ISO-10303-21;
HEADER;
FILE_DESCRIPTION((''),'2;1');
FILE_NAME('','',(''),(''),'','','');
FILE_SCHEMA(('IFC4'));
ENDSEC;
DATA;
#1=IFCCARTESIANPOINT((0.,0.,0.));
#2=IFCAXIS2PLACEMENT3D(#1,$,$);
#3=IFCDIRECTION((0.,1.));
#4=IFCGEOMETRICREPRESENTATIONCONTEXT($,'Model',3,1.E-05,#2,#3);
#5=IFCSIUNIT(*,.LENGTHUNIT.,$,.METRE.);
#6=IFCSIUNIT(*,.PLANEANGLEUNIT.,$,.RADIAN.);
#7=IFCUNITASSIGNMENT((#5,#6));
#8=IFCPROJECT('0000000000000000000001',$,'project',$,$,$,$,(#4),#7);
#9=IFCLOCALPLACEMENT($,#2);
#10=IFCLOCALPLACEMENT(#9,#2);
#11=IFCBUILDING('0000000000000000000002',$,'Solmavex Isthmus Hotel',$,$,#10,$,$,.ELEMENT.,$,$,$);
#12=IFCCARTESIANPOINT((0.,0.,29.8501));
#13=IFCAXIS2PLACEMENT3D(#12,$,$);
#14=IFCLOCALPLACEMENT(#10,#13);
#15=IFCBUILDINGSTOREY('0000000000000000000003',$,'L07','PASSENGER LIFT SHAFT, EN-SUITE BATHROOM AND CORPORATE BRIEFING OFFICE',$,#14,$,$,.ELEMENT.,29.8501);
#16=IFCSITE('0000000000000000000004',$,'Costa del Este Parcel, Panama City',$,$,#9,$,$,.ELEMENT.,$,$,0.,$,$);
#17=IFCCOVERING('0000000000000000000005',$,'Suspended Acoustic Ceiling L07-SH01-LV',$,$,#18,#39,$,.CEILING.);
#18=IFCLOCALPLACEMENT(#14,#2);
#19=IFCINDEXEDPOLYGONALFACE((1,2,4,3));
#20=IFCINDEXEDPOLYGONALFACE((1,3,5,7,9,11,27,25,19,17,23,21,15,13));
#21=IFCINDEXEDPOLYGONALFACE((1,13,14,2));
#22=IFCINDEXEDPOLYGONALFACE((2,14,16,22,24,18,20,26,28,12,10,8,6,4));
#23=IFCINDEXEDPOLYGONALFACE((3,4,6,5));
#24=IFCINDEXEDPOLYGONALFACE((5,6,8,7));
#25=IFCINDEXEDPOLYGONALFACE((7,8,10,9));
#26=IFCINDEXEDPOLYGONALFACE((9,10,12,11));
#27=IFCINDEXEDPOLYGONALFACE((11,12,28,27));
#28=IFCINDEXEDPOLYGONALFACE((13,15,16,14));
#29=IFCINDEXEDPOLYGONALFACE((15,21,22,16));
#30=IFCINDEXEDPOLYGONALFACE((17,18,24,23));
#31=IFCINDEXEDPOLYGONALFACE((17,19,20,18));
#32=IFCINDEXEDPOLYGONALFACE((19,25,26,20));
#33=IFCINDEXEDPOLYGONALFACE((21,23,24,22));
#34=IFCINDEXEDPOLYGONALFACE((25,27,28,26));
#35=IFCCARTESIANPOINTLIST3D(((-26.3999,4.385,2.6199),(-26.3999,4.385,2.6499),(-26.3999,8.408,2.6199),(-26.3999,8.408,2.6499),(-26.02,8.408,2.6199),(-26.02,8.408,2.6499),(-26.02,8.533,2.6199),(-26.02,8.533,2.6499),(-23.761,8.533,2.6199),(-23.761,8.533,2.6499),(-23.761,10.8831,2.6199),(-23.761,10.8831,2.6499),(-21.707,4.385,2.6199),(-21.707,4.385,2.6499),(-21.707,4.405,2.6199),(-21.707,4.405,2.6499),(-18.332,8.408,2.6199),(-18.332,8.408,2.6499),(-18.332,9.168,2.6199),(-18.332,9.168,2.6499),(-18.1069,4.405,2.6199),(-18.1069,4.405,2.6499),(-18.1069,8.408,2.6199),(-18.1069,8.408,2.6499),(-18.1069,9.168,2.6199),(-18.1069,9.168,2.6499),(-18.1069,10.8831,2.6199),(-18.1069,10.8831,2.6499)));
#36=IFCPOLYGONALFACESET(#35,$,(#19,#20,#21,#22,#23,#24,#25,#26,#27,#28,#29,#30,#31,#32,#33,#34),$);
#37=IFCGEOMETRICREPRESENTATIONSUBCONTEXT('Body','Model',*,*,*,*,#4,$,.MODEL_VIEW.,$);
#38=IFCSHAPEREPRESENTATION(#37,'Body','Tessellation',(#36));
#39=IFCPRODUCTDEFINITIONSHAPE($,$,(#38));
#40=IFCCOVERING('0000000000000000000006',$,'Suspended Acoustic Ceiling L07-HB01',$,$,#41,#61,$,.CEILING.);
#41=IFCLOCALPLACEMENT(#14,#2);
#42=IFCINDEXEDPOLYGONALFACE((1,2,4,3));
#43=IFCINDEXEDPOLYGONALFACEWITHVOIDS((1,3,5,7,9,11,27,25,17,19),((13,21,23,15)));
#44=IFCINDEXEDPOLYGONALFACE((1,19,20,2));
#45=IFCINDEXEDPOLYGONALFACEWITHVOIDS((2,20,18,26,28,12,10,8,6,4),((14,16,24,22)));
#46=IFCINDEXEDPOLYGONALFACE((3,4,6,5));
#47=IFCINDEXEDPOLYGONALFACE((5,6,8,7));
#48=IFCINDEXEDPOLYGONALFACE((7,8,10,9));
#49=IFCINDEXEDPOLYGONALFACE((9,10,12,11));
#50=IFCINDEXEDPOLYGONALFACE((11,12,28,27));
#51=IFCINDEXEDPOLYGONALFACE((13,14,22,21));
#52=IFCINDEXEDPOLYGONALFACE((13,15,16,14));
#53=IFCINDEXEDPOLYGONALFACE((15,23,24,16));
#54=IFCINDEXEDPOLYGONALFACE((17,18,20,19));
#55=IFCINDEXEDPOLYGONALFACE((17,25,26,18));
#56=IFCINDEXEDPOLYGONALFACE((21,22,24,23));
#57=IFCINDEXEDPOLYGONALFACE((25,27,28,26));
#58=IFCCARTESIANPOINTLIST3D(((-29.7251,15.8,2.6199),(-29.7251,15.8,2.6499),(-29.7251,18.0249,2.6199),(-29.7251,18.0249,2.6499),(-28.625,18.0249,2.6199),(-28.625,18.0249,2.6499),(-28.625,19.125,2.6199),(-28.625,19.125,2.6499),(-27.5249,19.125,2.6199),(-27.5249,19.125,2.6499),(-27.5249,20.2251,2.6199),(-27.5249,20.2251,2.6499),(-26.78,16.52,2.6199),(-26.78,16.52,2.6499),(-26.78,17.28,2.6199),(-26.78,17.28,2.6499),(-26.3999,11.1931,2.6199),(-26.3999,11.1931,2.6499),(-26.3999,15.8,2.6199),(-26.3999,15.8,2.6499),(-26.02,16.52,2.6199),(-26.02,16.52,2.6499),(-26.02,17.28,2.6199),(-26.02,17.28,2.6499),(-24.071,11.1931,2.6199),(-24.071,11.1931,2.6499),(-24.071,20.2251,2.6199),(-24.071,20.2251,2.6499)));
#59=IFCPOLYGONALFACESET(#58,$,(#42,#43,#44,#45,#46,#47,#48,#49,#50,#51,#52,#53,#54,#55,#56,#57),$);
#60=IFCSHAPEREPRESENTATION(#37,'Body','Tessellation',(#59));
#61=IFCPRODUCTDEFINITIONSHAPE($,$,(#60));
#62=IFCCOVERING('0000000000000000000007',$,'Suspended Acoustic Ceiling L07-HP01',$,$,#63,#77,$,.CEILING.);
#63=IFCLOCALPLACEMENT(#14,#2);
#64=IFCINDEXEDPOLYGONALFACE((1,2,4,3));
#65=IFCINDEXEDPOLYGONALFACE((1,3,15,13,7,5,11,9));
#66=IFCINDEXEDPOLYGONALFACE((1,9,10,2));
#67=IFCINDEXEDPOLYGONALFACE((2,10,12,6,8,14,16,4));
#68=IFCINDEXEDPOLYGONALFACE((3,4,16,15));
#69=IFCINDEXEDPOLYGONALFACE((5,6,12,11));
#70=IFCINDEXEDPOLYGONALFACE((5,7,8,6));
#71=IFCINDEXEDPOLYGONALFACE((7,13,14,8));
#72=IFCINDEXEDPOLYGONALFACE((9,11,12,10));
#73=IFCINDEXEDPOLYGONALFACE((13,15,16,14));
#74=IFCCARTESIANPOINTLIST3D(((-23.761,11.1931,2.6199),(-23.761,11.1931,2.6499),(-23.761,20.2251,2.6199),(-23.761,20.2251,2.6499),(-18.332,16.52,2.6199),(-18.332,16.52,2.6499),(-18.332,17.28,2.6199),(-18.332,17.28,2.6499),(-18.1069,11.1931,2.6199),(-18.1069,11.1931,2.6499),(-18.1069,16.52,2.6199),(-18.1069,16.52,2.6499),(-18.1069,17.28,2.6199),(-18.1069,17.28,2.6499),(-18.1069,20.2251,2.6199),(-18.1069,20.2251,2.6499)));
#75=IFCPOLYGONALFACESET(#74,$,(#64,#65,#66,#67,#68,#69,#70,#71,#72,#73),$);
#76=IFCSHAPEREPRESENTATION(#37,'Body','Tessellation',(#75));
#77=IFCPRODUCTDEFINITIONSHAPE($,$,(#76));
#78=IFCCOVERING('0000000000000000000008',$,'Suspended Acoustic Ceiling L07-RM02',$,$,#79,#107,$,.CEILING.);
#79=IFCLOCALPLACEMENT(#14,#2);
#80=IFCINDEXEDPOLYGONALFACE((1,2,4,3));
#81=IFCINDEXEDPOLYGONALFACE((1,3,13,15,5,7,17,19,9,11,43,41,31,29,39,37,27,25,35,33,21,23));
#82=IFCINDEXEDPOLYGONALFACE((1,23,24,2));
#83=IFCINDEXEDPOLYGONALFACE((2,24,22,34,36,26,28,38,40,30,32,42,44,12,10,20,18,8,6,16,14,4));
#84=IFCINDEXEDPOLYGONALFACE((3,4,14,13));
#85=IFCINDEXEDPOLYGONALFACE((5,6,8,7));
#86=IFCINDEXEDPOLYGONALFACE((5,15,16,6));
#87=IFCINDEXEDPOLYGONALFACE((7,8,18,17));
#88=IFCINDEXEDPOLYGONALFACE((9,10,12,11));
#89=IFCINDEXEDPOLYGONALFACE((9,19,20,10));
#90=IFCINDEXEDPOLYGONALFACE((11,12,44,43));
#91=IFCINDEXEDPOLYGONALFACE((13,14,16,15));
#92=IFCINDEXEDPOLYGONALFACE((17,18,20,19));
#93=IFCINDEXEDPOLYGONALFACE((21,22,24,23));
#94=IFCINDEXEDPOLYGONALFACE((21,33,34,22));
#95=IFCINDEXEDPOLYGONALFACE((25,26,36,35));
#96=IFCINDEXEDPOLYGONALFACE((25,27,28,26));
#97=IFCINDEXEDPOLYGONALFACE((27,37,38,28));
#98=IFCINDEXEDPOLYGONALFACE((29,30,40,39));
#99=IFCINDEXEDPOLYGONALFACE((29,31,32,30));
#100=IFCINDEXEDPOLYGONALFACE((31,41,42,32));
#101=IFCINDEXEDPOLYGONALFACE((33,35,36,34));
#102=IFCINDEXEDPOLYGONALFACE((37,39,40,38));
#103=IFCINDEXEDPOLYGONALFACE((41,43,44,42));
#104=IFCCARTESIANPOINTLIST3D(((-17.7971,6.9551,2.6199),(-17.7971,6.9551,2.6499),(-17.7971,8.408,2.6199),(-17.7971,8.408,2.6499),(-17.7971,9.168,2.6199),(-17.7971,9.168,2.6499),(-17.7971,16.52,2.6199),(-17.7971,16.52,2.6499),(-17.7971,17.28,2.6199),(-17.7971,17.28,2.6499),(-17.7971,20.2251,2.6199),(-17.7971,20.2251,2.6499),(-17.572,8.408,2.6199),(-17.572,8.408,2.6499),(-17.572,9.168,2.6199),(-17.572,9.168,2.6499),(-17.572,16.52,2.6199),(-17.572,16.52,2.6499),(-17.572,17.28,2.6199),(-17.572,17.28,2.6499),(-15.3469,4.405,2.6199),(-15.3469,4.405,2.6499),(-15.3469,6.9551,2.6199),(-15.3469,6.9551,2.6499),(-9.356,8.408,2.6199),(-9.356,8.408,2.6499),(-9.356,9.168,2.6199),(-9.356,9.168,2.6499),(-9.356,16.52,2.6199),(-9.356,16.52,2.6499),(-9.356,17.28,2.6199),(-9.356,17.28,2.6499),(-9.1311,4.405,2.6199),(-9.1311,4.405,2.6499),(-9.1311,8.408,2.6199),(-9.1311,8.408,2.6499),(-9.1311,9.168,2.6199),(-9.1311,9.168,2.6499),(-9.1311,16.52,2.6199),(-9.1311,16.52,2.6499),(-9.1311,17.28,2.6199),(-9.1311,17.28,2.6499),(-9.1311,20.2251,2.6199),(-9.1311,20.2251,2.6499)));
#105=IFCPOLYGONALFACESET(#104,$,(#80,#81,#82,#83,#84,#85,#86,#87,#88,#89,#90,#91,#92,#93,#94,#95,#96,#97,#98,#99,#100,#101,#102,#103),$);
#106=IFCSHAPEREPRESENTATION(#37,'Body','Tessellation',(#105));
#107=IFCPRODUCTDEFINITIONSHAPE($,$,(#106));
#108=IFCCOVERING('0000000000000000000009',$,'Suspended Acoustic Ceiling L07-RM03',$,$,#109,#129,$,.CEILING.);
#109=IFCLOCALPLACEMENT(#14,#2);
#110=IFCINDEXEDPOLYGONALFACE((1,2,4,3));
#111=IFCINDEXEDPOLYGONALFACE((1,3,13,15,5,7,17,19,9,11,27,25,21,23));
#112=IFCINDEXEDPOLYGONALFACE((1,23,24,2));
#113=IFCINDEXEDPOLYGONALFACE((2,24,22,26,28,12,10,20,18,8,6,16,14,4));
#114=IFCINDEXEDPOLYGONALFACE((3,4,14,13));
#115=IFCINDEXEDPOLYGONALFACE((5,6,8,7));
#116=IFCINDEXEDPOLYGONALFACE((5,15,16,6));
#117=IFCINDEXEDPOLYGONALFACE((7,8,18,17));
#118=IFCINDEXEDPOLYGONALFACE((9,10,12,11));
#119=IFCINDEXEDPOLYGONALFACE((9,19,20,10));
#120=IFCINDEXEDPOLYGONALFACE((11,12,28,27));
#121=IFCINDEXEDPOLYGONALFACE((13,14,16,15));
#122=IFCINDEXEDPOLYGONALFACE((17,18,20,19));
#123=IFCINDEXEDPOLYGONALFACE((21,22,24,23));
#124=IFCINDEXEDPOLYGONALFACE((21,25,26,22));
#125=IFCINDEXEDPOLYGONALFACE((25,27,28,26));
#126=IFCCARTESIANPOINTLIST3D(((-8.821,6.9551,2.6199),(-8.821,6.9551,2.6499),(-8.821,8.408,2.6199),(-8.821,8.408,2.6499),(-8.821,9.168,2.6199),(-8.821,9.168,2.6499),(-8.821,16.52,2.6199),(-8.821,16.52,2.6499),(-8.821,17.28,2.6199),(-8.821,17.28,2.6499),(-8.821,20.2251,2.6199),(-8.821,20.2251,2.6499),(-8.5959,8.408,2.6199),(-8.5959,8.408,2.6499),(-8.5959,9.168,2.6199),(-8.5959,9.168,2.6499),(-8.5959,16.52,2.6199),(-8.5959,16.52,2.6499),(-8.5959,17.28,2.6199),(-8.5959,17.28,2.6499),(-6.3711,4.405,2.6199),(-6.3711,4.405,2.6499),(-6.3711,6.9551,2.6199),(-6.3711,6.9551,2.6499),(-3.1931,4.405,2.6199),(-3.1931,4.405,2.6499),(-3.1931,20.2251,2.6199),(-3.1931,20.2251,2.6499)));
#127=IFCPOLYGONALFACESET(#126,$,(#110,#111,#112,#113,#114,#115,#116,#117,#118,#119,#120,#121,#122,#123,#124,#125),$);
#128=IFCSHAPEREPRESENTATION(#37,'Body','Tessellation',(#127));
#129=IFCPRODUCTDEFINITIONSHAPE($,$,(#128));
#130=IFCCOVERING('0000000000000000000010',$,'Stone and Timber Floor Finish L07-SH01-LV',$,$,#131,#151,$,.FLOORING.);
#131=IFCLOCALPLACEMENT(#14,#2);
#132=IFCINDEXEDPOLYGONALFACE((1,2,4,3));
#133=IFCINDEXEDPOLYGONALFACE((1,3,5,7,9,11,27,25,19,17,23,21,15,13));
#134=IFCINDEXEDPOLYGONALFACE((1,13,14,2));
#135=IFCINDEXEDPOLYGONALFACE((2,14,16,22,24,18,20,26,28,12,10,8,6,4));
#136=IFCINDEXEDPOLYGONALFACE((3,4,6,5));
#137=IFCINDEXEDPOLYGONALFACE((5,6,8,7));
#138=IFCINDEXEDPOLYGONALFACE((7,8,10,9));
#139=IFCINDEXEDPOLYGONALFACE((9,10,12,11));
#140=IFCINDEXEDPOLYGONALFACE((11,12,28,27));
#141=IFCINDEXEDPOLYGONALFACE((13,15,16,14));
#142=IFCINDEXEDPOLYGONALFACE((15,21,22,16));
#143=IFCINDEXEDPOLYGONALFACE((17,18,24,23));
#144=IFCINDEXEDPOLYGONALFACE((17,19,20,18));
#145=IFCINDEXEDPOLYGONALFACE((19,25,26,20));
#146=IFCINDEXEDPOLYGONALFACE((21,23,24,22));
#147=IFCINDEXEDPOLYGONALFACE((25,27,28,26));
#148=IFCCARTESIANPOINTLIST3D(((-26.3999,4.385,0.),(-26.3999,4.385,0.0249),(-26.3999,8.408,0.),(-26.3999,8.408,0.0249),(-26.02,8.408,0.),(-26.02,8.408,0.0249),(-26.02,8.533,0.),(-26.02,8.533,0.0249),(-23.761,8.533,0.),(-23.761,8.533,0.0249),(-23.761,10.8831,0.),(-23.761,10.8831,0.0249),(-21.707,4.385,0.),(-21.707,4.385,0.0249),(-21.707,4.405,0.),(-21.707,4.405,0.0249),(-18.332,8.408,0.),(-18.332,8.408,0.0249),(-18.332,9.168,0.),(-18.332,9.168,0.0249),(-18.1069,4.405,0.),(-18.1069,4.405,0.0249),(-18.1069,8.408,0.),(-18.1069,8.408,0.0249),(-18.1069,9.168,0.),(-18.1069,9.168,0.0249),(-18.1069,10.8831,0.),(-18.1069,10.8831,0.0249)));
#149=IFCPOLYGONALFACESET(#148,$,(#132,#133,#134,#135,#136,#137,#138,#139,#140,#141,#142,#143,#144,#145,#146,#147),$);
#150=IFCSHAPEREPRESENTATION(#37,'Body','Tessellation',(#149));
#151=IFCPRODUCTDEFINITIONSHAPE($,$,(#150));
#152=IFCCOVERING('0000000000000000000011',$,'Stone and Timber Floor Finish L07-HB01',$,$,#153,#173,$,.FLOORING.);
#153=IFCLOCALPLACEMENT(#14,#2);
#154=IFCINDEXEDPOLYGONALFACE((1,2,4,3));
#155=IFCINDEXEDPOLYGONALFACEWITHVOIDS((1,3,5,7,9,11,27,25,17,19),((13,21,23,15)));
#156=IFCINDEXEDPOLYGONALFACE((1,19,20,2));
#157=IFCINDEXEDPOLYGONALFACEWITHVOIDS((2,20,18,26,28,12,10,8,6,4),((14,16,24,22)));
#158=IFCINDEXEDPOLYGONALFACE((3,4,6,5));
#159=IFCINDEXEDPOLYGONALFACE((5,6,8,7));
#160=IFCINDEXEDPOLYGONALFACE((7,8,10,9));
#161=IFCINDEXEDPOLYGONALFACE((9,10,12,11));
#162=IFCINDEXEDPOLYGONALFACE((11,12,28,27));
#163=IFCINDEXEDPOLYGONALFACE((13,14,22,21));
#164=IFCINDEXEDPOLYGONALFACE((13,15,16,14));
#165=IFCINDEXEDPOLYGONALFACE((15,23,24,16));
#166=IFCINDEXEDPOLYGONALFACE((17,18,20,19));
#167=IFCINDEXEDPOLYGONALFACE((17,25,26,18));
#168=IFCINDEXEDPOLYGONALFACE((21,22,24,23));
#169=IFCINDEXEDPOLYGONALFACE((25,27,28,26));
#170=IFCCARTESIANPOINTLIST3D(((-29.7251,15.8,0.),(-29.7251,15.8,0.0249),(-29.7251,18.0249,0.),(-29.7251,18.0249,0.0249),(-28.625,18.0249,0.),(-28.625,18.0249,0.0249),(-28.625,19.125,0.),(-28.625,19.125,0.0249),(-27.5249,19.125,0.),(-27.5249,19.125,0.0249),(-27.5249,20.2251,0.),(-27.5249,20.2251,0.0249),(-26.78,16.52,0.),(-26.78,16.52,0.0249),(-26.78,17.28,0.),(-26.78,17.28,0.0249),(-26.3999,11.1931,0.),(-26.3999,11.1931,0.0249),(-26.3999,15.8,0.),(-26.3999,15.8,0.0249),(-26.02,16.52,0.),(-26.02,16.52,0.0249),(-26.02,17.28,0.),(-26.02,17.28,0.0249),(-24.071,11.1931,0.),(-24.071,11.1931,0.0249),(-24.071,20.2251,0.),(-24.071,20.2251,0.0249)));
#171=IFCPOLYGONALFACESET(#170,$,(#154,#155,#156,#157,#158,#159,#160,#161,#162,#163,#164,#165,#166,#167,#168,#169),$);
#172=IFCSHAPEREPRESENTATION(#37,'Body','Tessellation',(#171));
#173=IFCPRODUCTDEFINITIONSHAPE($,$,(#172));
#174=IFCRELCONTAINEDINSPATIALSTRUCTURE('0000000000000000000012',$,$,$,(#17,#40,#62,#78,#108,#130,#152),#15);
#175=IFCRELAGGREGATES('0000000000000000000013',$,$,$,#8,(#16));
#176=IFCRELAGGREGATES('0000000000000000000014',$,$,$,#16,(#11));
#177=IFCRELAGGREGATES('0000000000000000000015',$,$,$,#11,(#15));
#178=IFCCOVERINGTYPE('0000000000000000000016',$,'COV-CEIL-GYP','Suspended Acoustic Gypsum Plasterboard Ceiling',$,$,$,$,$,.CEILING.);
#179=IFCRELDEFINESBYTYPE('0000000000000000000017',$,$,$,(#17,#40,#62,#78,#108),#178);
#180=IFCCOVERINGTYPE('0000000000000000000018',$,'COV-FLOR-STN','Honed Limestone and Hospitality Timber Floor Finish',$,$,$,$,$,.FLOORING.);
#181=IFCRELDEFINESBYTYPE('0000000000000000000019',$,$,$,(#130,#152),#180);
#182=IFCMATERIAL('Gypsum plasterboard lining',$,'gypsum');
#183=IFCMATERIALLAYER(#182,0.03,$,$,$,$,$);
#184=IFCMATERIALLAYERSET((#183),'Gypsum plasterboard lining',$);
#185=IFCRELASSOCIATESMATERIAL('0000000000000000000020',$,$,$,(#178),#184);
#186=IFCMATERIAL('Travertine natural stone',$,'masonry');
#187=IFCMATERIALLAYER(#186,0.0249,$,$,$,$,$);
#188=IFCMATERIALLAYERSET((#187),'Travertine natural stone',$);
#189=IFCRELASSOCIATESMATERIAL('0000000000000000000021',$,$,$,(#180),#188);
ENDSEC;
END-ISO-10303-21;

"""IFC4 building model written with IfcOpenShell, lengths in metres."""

from ifc_helpers import new_model, si_unit, direction, frame, origin, place, context, subcontext, project, spatial, polyline, outline, extrude, material, layer, layer_set, type_object, element, save


model = new_model("IFC4")

# Units and contexts
model_context = context("Model", 3, precision=1e-05, world=origin(), true_north=direction((0.0, 1.0)))
body_context = subcontext(model_context, "Body", "Model", "MODEL_VIEW")
ifc_project = project(units=[si_unit("LENGTHUNIT", "METRE"), si_unit("PLANEANGLEUNIT", "RADIAN")], contexts=[model_context])

# Site, building, storey
site_placement = place(None, origin())
site = spatial("IfcSite", under=ifc_project, at=site_placement, Name="Costa del Este Parcel, Panama City", CompositionType="ELEMENT", RefElevation=0.0)
building_placement = place(site_placement, origin())
building = spatial("IfcBuilding", under=site, at=building_placement, Name="Solmavex Isthmus Hotel", CompositionType="ELEMENT")
storey_placement = place(building_placement, frame((0.0, 0.0, 29.8501)))
storey = spatial("IfcBuildingStorey", under=building, at=storey_placement, Name="L07", Description="PASSENGER LIFT SHAFT, EN-SUITE BATHROOM AND CORPORATE BRIEFING OFFICE", CompositionType="ELEMENT", Elevation=29.8501)

# Shared definitions
ifc_material_1 = material(Name="Gypsum plasterboard lining", Category="gypsum")

# Coverings
ifc_layer_1 = layer(ifc_material_1, 0.03)
ifc_layer_set_1 = layer_set([ifc_layer_1], Name="Gypsum plasterboard lining")
covering_type_1 = type_object("IfcCoveringType", Name="COV-CEIL-GYP", Description="Suspended Acoustic Gypsum Plasterboard Ceiling", PredefinedType="CEILING", material=ifc_layer_set_1)
covering_1_placement = place(storey_placement, frame((0.0, 0.0, 2.6199)))
element("IfcCovering", 1, at=covering_1_placement, inside=storey, type_object=covering_type_1, Name="Suspended Acoustic Ceiling L07-SH01-LV", PredefinedType="CEILING", context=body_context, shape_type="SweptSolid", body=[
    extrude(outline(polyline([(-26.02, 8.533), (-26.02, 8.408), (-26.3999, 8.408), (-26.3999, 4.385), (-21.707, 4.385), (-21.707, 4.405), (-18.1069, 4.405), (-18.1069, 8.408), (-18.332, 8.408), (-18.332, 9.168), (-18.1069, 9.168), (-18.1069, 10.8831), (-23.761, 10.8831), (-23.761, 8.533), (-26.02, 8.533)])), origin(), (0.0, 0.0, 1.0), 0.03),
])
covering_2_placement = place(storey_placement, frame((0.0, 0.0, 2.6199)))
element("IfcCovering", 2, at=covering_2_placement, inside=storey, type_object=covering_type_1, Name="Suspended Acoustic Ceiling L07-HB01", PredefinedType="CEILING", context=body_context, shape_type="SweptSolid", body=[
    extrude(outline(polyline([(-28.625, 18.0249), (-29.7251, 18.0249), (-29.7251, 15.8), (-26.3999, 15.8), (-26.3999, 11.1931), (-24.071, 11.1931), (-24.071, 20.2251), (-27.5249, 20.2251), (-27.5249, 19.125), (-28.625, 19.125), (-28.625, 18.0249)]), holes=[polyline([(-26.78, 17.28), (-26.02, 17.28), (-26.02, 16.52), (-26.78, 16.52), (-26.78, 17.28)])]), origin(), (0.0, 0.0, 1.0), 0.03),
])
covering_3_placement = place(storey_placement, frame((0.0, 0.0, 2.6199)))
element("IfcCovering", 3, at=covering_3_placement, inside=storey, type_object=covering_type_1, Name="Suspended Acoustic Ceiling L07-HP01", PredefinedType="CEILING", context=body_context, shape_type="SweptSolid", body=[
    extrude(outline(polyline([(-18.1069, 16.52), (-18.332, 16.52), (-18.332, 17.28), (-18.1069, 17.28), (-18.1069, 20.2251), (-23.761, 20.2251), (-23.761, 11.1931), (-18.1069, 11.1931), (-18.1069, 16.52)])), origin(), (0.0, 0.0, 1.0), 0.03),
])
covering_4_placement = place(storey_placement, frame((0.0, 0.0, 2.6199)))
element("IfcCovering", 4, at=covering_4_placement, inside=storey, type_object=covering_type_1, Name="Suspended Acoustic Ceiling L07-RM02", PredefinedType="CEILING", context=body_context, shape_type="SweptSolid", body=[
    extrude(outline(polyline([(-17.7971, 9.168), (-17.572, 9.168), (-17.572, 8.408), (-17.7971, 8.408), (-17.7971, 6.9551), (-15.3469, 6.9551), (-15.3469, 4.405), (-9.1311, 4.405), (-9.1311, 8.408), (-9.356, 8.408), (-9.356, 9.168), (-9.1311, 9.168), (-9.1311, 16.52), (-9.356, 16.52), (-9.356, 17.28), (-9.1311, 17.28), (-9.1311, 20.2251), (-17.7971, 20.2251), (-17.7971, 17.28), (-17.572, 17.28), (-17.572, 16.52), (-17.7971, 16.52), (-17.7971, 9.168)])), origin(), (0.0, 0.0, 1.0), 0.03),
])
covering_5_placement = place(storey_placement, frame((0.0, 0.0, 2.6199)))
element("IfcCovering", 5, at=covering_5_placement, inside=storey, type_object=covering_type_1, Name="Suspended Acoustic Ceiling L07-RM03", PredefinedType="CEILING", context=body_context, shape_type="SweptSolid", body=[
    extrude(outline(polyline([(-8.821, 9.168), (-8.5959, 9.168), (-8.5959, 8.408), (-8.821, 8.408), (-8.821, 6.9551), (-6.3711, 6.9551), (-6.3711, 4.405), (-3.1931, 4.405), (-3.1931, 20.2251), (-8.821, 20.2251), (-8.821, 17.28), (-8.5959, 17.28), (-8.5959, 16.52), (-8.821, 16.52), (-8.821, 9.168)])), origin(), (0.0, 0.0, 1.0), 0.03),
])
ifc_material_2 = material(Name="Travertine natural stone", Category="masonry")
ifc_layer_2 = layer(ifc_material_2, 0.0249)
ifc_layer_set_2 = layer_set([ifc_layer_2], Name="Travertine natural stone")
covering_type_2 = type_object("IfcCoveringType", Name="COV-FLOR-STN", Description="Honed Limestone and Hospitality Timber Floor Finish", PredefinedType="FLOORING", material=ifc_layer_set_2)
covering_6_placement = place(storey_placement, origin())
element("IfcCovering", 6, at=covering_6_placement, inside=storey, type_object=covering_type_2, Name="Stone and Timber Floor Finish L07-SH01-LV", PredefinedType="FLOORING", context=body_context, shape_type="SweptSolid", body=[
    extrude(outline(polyline([(-26.02, 8.533), (-26.02, 8.408), (-26.3999, 8.408), (-26.3999, 4.385), (-21.707, 4.385), (-21.707, 4.405), (-18.1069, 4.405), (-18.1069, 8.408), (-18.332, 8.408), (-18.332, 9.168), (-18.1069, 9.168), (-18.1069, 10.8831), (-23.761, 10.8831), (-23.761, 8.533), (-26.02, 8.533)])), origin(), (0.0, 0.0, 1.0), 0.0249),
])
covering_7_placement = place(storey_placement, origin())
element("IfcCovering", 7, at=covering_7_placement, inside=storey, type_object=covering_type_2, Name="Stone and Timber Floor Finish L07-HB01", PredefinedType="FLOORING", context=body_context, shape_type="SweptSolid", body=[
    extrude(outline(polyline([(-28.625, 18.0249), (-29.7251, 18.0249), (-29.7251, 15.8), (-26.3999, 15.8), (-26.3999, 11.1931), (-24.071, 11.1931), (-24.071, 20.2251), (-27.5249, 20.2251), (-27.5249, 19.125), (-28.625, 19.125), (-28.625, 18.0249)]), holes=[polyline([(-26.78, 17.28), (-26.02, 17.28), (-26.02, 16.52), (-26.78, 16.52), (-26.78, 17.28)])]), origin(), (0.0, 0.0, 1.0), 0.0249),
])

save(model, "model.ifc")
